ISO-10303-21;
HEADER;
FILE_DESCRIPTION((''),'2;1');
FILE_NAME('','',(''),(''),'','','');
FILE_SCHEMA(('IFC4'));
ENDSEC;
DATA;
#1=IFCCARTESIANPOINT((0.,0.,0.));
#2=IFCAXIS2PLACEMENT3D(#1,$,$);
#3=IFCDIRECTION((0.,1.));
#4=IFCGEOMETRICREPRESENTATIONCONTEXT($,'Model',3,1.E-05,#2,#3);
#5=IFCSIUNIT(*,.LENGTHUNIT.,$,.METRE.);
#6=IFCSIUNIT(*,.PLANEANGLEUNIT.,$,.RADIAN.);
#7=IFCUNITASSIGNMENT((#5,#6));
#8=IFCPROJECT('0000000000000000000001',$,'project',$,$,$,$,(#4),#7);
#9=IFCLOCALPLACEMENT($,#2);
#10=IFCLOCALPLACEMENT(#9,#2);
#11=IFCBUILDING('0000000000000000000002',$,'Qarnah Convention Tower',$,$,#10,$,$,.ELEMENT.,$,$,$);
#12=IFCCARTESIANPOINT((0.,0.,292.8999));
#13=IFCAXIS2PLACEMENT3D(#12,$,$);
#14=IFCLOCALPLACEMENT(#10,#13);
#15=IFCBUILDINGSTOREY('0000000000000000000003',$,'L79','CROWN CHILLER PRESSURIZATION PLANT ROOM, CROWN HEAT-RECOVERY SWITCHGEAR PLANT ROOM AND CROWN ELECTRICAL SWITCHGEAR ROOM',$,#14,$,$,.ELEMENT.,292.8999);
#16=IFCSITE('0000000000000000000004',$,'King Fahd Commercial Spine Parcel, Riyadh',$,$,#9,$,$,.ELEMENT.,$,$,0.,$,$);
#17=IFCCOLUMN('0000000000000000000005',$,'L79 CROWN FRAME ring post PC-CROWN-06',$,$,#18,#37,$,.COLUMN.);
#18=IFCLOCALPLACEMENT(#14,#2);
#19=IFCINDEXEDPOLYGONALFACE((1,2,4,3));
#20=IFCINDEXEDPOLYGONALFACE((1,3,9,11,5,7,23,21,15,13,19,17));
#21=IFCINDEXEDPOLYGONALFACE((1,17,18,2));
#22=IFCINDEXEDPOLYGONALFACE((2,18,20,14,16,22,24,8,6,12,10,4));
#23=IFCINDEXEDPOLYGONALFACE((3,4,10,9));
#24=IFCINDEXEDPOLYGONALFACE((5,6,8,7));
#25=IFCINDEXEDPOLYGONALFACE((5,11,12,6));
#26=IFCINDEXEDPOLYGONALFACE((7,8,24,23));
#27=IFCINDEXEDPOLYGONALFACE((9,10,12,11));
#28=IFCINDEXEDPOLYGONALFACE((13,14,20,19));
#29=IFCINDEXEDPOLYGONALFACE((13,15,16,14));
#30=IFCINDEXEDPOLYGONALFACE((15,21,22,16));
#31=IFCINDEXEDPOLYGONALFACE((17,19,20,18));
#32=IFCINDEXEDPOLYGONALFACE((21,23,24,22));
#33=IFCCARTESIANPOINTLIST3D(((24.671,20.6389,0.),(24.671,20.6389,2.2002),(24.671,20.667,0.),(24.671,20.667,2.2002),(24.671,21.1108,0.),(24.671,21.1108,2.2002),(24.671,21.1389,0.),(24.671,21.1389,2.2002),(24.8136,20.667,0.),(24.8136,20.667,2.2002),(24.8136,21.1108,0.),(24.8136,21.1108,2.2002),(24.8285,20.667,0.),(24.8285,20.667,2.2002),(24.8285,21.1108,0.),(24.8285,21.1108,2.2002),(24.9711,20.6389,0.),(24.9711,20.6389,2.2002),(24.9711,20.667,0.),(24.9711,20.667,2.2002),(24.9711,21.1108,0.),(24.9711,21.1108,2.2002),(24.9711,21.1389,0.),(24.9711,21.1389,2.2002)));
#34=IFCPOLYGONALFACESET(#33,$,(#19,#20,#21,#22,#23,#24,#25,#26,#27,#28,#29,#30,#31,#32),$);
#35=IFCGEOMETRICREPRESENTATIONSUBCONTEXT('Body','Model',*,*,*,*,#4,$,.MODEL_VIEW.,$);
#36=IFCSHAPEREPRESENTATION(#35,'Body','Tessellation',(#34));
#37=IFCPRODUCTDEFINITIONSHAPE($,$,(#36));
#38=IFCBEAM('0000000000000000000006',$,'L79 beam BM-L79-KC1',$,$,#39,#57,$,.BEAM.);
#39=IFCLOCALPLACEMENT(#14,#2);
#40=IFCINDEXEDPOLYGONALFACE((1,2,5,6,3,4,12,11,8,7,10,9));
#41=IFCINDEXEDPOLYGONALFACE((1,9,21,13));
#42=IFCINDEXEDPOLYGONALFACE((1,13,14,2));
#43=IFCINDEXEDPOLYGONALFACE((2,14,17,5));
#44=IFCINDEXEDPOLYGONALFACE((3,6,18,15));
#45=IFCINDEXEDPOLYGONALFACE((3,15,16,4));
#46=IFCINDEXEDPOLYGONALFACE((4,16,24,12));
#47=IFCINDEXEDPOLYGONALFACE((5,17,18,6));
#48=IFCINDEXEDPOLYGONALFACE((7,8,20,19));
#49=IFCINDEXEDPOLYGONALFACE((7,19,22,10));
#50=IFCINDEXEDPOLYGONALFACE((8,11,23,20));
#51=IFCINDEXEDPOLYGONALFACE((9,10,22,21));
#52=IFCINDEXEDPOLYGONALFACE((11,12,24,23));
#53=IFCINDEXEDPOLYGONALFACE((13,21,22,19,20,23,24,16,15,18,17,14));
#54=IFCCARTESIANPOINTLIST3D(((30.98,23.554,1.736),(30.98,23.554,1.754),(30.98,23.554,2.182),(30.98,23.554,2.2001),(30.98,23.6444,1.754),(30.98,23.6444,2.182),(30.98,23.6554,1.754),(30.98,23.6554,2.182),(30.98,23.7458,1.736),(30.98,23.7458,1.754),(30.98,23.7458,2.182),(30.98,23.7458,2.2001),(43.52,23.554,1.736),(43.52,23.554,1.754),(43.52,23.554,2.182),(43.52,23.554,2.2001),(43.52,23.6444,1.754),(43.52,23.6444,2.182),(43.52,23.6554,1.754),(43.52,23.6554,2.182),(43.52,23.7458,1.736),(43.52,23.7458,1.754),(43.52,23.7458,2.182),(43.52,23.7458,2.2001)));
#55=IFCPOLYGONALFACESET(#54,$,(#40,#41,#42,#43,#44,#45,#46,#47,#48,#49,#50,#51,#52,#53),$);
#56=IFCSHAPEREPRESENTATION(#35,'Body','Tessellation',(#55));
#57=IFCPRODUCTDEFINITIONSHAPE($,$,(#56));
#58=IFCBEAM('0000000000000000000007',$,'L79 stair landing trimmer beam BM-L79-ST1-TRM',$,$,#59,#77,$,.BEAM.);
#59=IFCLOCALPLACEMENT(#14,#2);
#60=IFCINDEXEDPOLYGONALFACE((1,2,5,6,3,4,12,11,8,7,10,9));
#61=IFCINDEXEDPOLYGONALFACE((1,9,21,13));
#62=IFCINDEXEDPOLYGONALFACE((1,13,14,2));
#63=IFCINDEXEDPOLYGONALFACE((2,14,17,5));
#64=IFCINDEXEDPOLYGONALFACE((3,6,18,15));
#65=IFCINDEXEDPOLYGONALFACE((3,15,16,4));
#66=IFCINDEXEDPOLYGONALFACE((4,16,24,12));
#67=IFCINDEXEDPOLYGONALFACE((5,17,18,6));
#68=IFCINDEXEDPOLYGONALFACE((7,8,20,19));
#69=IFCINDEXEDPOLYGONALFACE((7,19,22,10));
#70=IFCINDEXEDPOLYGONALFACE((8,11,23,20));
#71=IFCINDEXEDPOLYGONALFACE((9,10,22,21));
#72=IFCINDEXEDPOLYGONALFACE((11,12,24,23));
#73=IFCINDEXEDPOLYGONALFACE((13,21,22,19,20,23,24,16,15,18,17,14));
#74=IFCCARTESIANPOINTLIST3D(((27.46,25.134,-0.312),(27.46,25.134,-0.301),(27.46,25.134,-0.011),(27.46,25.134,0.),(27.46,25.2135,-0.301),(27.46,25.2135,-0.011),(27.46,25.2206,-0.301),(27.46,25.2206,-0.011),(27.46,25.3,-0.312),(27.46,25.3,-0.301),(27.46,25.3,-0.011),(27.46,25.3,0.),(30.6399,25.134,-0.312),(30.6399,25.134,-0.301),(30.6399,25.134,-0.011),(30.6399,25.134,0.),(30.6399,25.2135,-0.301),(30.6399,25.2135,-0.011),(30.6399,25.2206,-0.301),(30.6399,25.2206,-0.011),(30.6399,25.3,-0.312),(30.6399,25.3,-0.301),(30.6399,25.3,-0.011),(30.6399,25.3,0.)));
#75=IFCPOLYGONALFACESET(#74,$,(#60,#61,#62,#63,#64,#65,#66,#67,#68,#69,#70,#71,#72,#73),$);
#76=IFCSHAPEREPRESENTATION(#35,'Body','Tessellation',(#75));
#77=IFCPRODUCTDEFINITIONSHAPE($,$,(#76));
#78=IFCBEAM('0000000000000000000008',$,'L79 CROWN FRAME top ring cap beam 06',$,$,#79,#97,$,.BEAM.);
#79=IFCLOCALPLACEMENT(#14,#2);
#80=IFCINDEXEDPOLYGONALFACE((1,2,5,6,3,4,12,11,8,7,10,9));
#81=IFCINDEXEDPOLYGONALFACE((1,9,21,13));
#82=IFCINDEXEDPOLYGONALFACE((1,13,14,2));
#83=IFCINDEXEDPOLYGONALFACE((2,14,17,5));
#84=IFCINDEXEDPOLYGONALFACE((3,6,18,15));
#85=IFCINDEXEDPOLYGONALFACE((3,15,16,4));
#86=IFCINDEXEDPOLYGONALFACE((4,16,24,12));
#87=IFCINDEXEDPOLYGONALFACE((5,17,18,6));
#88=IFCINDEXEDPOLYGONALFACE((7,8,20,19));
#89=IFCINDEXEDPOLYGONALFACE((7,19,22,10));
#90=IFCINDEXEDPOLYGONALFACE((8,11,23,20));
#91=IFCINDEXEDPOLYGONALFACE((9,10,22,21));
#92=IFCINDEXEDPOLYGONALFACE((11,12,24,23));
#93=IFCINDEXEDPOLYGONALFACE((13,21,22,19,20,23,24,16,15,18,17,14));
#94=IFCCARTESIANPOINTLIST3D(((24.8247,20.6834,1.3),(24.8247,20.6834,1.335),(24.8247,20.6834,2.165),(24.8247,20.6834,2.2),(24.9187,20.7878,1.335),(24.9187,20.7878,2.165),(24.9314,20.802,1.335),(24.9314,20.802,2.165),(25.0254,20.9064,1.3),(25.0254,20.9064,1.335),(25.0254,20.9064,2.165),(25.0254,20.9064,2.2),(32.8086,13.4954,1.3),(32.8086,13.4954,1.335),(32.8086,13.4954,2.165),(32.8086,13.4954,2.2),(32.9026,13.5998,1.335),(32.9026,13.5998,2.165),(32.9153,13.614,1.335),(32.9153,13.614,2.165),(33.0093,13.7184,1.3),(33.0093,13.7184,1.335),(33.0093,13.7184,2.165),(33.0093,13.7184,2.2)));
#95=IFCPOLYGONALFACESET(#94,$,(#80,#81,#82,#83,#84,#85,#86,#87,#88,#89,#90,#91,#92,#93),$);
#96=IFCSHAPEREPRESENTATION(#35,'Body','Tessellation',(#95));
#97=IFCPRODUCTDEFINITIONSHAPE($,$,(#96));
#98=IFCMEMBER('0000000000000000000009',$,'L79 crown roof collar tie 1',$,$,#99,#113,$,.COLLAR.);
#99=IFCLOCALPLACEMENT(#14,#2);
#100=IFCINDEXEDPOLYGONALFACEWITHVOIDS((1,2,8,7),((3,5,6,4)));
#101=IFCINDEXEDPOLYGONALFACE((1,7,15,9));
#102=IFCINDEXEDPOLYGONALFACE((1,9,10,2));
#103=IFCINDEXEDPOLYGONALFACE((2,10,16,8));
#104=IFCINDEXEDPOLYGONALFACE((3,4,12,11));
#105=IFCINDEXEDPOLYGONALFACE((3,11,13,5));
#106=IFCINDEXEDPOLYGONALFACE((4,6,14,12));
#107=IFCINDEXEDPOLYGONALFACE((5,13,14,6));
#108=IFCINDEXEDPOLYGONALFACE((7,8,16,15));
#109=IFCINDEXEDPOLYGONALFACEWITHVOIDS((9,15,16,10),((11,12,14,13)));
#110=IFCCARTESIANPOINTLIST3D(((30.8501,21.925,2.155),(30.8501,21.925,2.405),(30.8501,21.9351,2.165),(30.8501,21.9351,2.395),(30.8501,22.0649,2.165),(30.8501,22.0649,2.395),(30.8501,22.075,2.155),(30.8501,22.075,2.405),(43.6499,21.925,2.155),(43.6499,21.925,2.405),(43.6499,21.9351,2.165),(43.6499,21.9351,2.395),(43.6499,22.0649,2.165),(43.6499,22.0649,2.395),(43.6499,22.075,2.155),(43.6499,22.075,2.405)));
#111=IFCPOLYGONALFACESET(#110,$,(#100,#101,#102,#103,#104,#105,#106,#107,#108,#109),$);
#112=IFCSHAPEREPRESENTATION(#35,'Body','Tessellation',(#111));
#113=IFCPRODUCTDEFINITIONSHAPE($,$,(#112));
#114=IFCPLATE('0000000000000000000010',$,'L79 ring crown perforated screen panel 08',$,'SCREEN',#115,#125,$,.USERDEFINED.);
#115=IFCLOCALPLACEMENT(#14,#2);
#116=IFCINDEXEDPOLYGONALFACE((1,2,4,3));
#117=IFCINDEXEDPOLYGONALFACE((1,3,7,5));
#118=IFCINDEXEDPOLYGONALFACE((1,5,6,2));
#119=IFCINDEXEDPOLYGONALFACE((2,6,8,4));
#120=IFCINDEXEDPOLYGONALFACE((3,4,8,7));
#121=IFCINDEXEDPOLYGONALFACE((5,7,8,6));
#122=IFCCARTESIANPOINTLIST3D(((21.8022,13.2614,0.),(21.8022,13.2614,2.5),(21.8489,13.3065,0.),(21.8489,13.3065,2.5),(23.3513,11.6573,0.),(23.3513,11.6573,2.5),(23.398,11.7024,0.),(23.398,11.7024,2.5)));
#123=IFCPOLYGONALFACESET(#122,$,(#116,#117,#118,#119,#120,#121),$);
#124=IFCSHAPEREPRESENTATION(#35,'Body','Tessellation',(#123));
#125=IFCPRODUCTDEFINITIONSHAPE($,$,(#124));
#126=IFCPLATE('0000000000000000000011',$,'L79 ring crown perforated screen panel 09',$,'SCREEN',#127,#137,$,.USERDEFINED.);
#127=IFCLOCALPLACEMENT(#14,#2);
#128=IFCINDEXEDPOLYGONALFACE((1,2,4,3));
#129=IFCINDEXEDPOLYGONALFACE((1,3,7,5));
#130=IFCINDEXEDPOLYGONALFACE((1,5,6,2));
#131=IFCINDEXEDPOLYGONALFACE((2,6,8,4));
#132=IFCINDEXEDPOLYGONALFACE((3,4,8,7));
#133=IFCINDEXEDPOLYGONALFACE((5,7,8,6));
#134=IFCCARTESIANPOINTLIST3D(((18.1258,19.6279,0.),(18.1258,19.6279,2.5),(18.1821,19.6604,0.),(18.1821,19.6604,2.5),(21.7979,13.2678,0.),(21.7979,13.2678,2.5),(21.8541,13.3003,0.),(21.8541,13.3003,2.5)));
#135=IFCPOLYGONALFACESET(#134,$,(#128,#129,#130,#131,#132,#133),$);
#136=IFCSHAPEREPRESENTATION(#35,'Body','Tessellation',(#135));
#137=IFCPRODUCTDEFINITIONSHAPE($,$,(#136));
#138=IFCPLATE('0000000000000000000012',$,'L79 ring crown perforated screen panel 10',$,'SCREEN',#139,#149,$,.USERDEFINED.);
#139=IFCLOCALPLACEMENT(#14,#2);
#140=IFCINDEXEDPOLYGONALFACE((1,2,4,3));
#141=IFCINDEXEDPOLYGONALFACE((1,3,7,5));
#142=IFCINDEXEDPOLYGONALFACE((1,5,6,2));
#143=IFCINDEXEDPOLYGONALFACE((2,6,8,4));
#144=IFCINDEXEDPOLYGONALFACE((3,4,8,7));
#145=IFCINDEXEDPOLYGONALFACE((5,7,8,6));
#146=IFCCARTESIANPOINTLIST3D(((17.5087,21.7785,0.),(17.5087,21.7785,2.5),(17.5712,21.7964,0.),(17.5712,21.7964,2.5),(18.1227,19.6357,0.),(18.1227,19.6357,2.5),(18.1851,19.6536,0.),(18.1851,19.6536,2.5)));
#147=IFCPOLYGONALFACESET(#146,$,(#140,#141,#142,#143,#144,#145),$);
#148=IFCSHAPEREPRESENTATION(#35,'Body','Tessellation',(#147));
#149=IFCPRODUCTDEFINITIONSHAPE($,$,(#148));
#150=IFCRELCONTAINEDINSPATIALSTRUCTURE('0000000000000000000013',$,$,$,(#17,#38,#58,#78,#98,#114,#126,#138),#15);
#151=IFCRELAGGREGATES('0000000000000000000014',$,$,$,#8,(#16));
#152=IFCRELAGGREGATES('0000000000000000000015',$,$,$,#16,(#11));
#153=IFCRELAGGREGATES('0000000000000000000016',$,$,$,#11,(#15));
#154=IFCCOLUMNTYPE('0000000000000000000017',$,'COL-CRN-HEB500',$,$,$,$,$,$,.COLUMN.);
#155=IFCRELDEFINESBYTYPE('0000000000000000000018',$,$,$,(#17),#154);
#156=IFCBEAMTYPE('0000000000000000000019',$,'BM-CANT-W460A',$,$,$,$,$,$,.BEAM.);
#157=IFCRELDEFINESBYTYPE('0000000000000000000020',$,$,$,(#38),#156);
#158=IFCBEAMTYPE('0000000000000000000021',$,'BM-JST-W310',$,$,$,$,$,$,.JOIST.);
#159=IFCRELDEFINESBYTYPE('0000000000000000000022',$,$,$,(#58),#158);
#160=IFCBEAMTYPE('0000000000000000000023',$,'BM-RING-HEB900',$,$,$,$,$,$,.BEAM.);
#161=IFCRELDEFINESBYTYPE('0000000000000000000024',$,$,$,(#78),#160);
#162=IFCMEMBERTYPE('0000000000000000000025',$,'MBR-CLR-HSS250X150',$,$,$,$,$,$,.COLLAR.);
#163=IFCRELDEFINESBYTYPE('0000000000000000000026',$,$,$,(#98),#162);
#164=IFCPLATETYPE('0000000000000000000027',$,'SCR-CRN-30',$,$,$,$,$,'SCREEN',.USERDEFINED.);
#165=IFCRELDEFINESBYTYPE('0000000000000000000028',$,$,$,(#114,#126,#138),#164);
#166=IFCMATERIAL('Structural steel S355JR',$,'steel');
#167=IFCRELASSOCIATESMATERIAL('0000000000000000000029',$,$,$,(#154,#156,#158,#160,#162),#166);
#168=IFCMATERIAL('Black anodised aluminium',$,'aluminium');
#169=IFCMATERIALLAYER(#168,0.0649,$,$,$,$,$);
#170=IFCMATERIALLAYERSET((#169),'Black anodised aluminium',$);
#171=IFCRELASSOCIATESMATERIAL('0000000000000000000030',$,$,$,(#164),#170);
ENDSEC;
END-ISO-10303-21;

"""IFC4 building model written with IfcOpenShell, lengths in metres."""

from ifc_helpers import new_model, si_unit, direction, frame, origin, origin_2d, place, context, subcontext, project, spatial, rectangle, hollow_rectangle, i_section, extrude, material, layer, layer_set, material_profile, profile_set, type_object, element, save


model = new_model("IFC4")

# Units and contexts
model_context = context("Model", 3, precision=1e-05, world=origin(), true_north=direction((0.0, 1.0)))
body_context = subcontext(model_context, "Body", "Model", "MODEL_VIEW")
ifc_project = project(units=[si_unit("LENGTHUNIT", "METRE"), si_unit("PLANEANGLEUNIT", "RADIAN")], contexts=[model_context])

# Site, building, storey
site_placement = place(None, origin())
site = spatial("IfcSite", under=ifc_project, at=site_placement, Name="King Fahd Commercial Spine Parcel, Riyadh", CompositionType="ELEMENT", RefElevation=0.0)
building_placement = place(site_placement, origin())
building = spatial("IfcBuilding", under=site, at=building_placement, Name="Qarnah Convention Tower", CompositionType="ELEMENT")
storey_placement = place(building_placement, frame((0.0, 0.0, 292.8999)))
storey = spatial("IfcBuildingStorey", under=building, at=storey_placement, Name="L79", Description="CROWN CHILLER PRESSURIZATION PLANT ROOM, CROWN HEAT-RECOVERY SWITCHGEAR PLANT ROOM AND CROWN ELECTRICAL SWITCHGEAR ROOM", CompositionType="ELEMENT", Elevation=292.8999)

# Column
ifc_material_1 = material(Name="Structural steel S355JR", Category="steel")
ifc_material_profile_1 = material_profile(ifc_material_1, i_section(OverallWidth=0.3, OverallDepth=0.5, WebThickness=0.0149, FlangeThickness=0.0281, at=origin_2d()), Name="HEB500")
ifc_profile_set_1 = profile_set([ifc_material_profile_1], Name="Structural steel S355JR")
column_type = type_object("IfcColumnType", Name="COL-CRN-HEB500", PredefinedType="COLUMN", material=ifc_profile_set_1)
column_placement = place(storey_placement, frame((24.821, 20.8889, 0.0), z_axis=(0.0, 0.0, 1.0), x_axis=(1.0, 0.0, 0.0)))
element("IfcColumn", 1, at=column_placement, inside=storey, type_object=column_type, Name="L79 CROWN FRAME ring post PC-CROWN-06", PredefinedType="COLUMN", context=body_context, shape_type="SweptSolid", body=[
    extrude(i_section(OverallWidth=0.3, OverallDepth=0.5, WebThickness=0.0149, FlangeThickness=0.0281, at=origin_2d()), origin(), (0.0, 0.0, 1.0), 2.2002),
])

# Beams
ifc_material_profile_2 = material_profile(ifc_material_1, i_section(OverallWidth=0.1919, OverallDepth=0.4641, WebThickness=0.011, FlangeThickness=0.0181, at=origin_2d()), Name="W460X89")
ifc_profile_set_2 = profile_set([ifc_material_profile_2], Name="Structural steel S355JR")
beam_type_1 = type_object("IfcBeamType", Name="BM-CANT-W460A", PredefinedType="BEAM", material=ifc_profile_set_2)
beam_1_placement = place(storey_placement, frame((30.98, 23.6499, 1.968), z_axis=(1.0, 0.0, 0.0), x_axis=(0.0, 1.0, 0.0)))
element("IfcBeam", 2, at=beam_1_placement, inside=storey, type_object=beam_type_1, Name="L79 beam BM-L79-KC1", PredefinedType="BEAM", context=body_context, shape_type="SweptSolid", body=[
    extrude(i_section(OverallWidth=0.1919, OverallDepth=0.4641, WebThickness=0.011, FlangeThickness=0.0181, at=origin_2d()), origin(), (0.0, 0.0, 1.0), 12.54),
])
ifc_material_profile_3 = material_profile(ifc_material_1, i_section(OverallWidth=0.166, OverallDepth=0.312, WebThickness=0.0071, FlangeThickness=0.011, at=origin_2d()), Name="W310X45")
ifc_profile_set_3 = profile_set([ifc_material_profile_3], Name="Structural steel S355JR")
beam_type_2 = type_object("IfcBeamType", Name="BM-JST-W310", PredefinedType="JOIST", material=ifc_profile_set_3)
beam_2_placement = place(storey_placement, frame((27.46, 25.217, -0.156), z_axis=(1.0, 0.0, 0.0), x_axis=(0.0, 1.0, 0.0)))
element("IfcBeam", 3, at=beam_2_placement, inside=storey, type_object=beam_type_2, Name="L79 stair landing trimmer beam BM-L79-ST1-TRM", PredefinedType="BEAM", context=body_context, shape_type="SweptSolid", body=[
    extrude(i_section(OverallWidth=0.166, OverallDepth=0.312, WebThickness=0.0071, FlangeThickness=0.011, at=origin_2d()), origin(), (0.0, 0.0, 1.0), 3.1799),
])
ifc_material_profile_4 = material_profile(ifc_material_1, i_section(OverallWidth=0.3, OverallDepth=0.8999, WebThickness=0.019, FlangeThickness=0.0349, at=origin_2d()), Name="HEB900")
ifc_profile_set_4 = profile_set([ifc_material_profile_4], Name="Structural steel S355JR")
beam_type_3 = type_object("IfcBeamType", Name="BM-RING-HEB900", PredefinedType="BEAM", material=ifc_profile_set_4)
beam_3_placement = place(storey_placement, frame((24.925, 20.7949, 1.75), z_axis=(0.743179, -0.669093, 0.0), x_axis=(0.669093, 0.743179, 0.0)))
element("IfcBeam", 4, at=beam_3_placement, inside=storey, type_object=beam_type_3, Name="L79 CROWN FRAME top ring cap beam 06", PredefinedType="BEAM", context=body_context, shape_type="SweptSolid", body=[
    extrude(i_section(OverallWidth=0.3, OverallDepth=0.8999, WebThickness=0.019, FlangeThickness=0.0349, at=origin_2d()), origin(), (0.0, 0.0, 1.0), 10.7429),
])

# Member
ifc_material_profile_5 = material_profile(ifc_material_1, hollow_rectangle(XDim=0.1499, YDim=0.25, WallThickness=0.01, at=origin_2d()), Name="HSS250X150X10")
ifc_profile_set_5 = profile_set([ifc_material_profile_5], Name="Structural steel S355JR")
member_type = type_object("IfcMemberType", Name="MBR-CLR-HSS250X150", PredefinedType="COLLAR", material=ifc_profile_set_5)
member_placement = place(storey_placement, frame((30.8501, 22.0, 2.28), z_axis=(1.0, 0.0, 0.0), x_axis=(0.0, 1.0, 0.0)))
element("IfcMember", 5, at=member_placement, inside=storey, type_object=member_type, Name="L79 crown roof collar tie 1", PredefinedType="COLLAR", context=body_context, shape_type="SweptSolid", body=[
    extrude(hollow_rectangle(XDim=0.1499, YDim=0.25, WallThickness=0.01, at=origin_2d()), origin(), (0.0, 0.0, 1.0), 12.7998),
])

# Plates
ifc_material_2 = material(Name="Black anodised aluminium", Category="aluminium")
ifc_layer_1 = layer(ifc_material_2, 0.0649)
ifc_layer_set_1 = layer_set([ifc_layer_1], Name="Black anodised aluminium")
plate_type = type_object("IfcPlateType", Name="SCR-CRN-30", ElementType="SCREEN", PredefinedType="USERDEFINED", material=ifc_layer_set_1)
plate_1_placement = place(storey_placement, frame((22.6001, 12.4819, 0.0), z_axis=(0.0, 0.0, 1.0), x_axis=(-0.694667, 0.719331, 0.0)))
element("IfcPlate", 6, at=plate_1_placement, inside=storey, type_object=plate_type, Name="L79 ring crown perforated screen panel 08", ObjectType="SCREEN", PredefinedType="USERDEFINED", context=body_context, shape_type="SweptSolid", body=[
    extrude(rectangle(XDim=2.23, YDim=0.0649, at=origin_2d()), origin(), (0.0, 0.0, 1.0), 2.5),
])
plate_2_placement = place(storey_placement, frame((19.99, 16.4641, 0.0), z_axis=(0.0, 0.0, 1.0), x_axis=(-0.500006, 0.866022, 0.0)))
element("IfcPlate", 7, at=plate_2_placement, inside=storey, type_object=plate_type, Name="L79 ring crown perforated screen panel 09", ObjectType="SCREEN", PredefinedType="USERDEFINED", context=body_context, shape_type="SweptSolid", body=[
    extrude(rectangle(XDim=7.344, YDim=0.0649, at=origin_2d()), origin(), (0.0, 0.0, 1.0), 2.5),
])
plate_3_placement = place(storey_placement, frame((17.8469, 20.7161, 0.0), z_axis=(0.0, 0.0, 1.0), x_axis=(-0.275433, 0.96132, 0.0)))
element("IfcPlate", 8, at=plate_3_placement, inside=storey, type_object=plate_type, Name="L79 ring crown perforated screen panel 10", ObjectType="SCREEN", PredefinedType="USERDEFINED", context=body_context, shape_type="SweptSolid", body=[
    extrude(rectangle(XDim=2.229, YDim=0.0649, at=origin_2d()), origin(), (0.0, 0.0, 1.0), 2.5),
])

save(model, "model.ifc")
